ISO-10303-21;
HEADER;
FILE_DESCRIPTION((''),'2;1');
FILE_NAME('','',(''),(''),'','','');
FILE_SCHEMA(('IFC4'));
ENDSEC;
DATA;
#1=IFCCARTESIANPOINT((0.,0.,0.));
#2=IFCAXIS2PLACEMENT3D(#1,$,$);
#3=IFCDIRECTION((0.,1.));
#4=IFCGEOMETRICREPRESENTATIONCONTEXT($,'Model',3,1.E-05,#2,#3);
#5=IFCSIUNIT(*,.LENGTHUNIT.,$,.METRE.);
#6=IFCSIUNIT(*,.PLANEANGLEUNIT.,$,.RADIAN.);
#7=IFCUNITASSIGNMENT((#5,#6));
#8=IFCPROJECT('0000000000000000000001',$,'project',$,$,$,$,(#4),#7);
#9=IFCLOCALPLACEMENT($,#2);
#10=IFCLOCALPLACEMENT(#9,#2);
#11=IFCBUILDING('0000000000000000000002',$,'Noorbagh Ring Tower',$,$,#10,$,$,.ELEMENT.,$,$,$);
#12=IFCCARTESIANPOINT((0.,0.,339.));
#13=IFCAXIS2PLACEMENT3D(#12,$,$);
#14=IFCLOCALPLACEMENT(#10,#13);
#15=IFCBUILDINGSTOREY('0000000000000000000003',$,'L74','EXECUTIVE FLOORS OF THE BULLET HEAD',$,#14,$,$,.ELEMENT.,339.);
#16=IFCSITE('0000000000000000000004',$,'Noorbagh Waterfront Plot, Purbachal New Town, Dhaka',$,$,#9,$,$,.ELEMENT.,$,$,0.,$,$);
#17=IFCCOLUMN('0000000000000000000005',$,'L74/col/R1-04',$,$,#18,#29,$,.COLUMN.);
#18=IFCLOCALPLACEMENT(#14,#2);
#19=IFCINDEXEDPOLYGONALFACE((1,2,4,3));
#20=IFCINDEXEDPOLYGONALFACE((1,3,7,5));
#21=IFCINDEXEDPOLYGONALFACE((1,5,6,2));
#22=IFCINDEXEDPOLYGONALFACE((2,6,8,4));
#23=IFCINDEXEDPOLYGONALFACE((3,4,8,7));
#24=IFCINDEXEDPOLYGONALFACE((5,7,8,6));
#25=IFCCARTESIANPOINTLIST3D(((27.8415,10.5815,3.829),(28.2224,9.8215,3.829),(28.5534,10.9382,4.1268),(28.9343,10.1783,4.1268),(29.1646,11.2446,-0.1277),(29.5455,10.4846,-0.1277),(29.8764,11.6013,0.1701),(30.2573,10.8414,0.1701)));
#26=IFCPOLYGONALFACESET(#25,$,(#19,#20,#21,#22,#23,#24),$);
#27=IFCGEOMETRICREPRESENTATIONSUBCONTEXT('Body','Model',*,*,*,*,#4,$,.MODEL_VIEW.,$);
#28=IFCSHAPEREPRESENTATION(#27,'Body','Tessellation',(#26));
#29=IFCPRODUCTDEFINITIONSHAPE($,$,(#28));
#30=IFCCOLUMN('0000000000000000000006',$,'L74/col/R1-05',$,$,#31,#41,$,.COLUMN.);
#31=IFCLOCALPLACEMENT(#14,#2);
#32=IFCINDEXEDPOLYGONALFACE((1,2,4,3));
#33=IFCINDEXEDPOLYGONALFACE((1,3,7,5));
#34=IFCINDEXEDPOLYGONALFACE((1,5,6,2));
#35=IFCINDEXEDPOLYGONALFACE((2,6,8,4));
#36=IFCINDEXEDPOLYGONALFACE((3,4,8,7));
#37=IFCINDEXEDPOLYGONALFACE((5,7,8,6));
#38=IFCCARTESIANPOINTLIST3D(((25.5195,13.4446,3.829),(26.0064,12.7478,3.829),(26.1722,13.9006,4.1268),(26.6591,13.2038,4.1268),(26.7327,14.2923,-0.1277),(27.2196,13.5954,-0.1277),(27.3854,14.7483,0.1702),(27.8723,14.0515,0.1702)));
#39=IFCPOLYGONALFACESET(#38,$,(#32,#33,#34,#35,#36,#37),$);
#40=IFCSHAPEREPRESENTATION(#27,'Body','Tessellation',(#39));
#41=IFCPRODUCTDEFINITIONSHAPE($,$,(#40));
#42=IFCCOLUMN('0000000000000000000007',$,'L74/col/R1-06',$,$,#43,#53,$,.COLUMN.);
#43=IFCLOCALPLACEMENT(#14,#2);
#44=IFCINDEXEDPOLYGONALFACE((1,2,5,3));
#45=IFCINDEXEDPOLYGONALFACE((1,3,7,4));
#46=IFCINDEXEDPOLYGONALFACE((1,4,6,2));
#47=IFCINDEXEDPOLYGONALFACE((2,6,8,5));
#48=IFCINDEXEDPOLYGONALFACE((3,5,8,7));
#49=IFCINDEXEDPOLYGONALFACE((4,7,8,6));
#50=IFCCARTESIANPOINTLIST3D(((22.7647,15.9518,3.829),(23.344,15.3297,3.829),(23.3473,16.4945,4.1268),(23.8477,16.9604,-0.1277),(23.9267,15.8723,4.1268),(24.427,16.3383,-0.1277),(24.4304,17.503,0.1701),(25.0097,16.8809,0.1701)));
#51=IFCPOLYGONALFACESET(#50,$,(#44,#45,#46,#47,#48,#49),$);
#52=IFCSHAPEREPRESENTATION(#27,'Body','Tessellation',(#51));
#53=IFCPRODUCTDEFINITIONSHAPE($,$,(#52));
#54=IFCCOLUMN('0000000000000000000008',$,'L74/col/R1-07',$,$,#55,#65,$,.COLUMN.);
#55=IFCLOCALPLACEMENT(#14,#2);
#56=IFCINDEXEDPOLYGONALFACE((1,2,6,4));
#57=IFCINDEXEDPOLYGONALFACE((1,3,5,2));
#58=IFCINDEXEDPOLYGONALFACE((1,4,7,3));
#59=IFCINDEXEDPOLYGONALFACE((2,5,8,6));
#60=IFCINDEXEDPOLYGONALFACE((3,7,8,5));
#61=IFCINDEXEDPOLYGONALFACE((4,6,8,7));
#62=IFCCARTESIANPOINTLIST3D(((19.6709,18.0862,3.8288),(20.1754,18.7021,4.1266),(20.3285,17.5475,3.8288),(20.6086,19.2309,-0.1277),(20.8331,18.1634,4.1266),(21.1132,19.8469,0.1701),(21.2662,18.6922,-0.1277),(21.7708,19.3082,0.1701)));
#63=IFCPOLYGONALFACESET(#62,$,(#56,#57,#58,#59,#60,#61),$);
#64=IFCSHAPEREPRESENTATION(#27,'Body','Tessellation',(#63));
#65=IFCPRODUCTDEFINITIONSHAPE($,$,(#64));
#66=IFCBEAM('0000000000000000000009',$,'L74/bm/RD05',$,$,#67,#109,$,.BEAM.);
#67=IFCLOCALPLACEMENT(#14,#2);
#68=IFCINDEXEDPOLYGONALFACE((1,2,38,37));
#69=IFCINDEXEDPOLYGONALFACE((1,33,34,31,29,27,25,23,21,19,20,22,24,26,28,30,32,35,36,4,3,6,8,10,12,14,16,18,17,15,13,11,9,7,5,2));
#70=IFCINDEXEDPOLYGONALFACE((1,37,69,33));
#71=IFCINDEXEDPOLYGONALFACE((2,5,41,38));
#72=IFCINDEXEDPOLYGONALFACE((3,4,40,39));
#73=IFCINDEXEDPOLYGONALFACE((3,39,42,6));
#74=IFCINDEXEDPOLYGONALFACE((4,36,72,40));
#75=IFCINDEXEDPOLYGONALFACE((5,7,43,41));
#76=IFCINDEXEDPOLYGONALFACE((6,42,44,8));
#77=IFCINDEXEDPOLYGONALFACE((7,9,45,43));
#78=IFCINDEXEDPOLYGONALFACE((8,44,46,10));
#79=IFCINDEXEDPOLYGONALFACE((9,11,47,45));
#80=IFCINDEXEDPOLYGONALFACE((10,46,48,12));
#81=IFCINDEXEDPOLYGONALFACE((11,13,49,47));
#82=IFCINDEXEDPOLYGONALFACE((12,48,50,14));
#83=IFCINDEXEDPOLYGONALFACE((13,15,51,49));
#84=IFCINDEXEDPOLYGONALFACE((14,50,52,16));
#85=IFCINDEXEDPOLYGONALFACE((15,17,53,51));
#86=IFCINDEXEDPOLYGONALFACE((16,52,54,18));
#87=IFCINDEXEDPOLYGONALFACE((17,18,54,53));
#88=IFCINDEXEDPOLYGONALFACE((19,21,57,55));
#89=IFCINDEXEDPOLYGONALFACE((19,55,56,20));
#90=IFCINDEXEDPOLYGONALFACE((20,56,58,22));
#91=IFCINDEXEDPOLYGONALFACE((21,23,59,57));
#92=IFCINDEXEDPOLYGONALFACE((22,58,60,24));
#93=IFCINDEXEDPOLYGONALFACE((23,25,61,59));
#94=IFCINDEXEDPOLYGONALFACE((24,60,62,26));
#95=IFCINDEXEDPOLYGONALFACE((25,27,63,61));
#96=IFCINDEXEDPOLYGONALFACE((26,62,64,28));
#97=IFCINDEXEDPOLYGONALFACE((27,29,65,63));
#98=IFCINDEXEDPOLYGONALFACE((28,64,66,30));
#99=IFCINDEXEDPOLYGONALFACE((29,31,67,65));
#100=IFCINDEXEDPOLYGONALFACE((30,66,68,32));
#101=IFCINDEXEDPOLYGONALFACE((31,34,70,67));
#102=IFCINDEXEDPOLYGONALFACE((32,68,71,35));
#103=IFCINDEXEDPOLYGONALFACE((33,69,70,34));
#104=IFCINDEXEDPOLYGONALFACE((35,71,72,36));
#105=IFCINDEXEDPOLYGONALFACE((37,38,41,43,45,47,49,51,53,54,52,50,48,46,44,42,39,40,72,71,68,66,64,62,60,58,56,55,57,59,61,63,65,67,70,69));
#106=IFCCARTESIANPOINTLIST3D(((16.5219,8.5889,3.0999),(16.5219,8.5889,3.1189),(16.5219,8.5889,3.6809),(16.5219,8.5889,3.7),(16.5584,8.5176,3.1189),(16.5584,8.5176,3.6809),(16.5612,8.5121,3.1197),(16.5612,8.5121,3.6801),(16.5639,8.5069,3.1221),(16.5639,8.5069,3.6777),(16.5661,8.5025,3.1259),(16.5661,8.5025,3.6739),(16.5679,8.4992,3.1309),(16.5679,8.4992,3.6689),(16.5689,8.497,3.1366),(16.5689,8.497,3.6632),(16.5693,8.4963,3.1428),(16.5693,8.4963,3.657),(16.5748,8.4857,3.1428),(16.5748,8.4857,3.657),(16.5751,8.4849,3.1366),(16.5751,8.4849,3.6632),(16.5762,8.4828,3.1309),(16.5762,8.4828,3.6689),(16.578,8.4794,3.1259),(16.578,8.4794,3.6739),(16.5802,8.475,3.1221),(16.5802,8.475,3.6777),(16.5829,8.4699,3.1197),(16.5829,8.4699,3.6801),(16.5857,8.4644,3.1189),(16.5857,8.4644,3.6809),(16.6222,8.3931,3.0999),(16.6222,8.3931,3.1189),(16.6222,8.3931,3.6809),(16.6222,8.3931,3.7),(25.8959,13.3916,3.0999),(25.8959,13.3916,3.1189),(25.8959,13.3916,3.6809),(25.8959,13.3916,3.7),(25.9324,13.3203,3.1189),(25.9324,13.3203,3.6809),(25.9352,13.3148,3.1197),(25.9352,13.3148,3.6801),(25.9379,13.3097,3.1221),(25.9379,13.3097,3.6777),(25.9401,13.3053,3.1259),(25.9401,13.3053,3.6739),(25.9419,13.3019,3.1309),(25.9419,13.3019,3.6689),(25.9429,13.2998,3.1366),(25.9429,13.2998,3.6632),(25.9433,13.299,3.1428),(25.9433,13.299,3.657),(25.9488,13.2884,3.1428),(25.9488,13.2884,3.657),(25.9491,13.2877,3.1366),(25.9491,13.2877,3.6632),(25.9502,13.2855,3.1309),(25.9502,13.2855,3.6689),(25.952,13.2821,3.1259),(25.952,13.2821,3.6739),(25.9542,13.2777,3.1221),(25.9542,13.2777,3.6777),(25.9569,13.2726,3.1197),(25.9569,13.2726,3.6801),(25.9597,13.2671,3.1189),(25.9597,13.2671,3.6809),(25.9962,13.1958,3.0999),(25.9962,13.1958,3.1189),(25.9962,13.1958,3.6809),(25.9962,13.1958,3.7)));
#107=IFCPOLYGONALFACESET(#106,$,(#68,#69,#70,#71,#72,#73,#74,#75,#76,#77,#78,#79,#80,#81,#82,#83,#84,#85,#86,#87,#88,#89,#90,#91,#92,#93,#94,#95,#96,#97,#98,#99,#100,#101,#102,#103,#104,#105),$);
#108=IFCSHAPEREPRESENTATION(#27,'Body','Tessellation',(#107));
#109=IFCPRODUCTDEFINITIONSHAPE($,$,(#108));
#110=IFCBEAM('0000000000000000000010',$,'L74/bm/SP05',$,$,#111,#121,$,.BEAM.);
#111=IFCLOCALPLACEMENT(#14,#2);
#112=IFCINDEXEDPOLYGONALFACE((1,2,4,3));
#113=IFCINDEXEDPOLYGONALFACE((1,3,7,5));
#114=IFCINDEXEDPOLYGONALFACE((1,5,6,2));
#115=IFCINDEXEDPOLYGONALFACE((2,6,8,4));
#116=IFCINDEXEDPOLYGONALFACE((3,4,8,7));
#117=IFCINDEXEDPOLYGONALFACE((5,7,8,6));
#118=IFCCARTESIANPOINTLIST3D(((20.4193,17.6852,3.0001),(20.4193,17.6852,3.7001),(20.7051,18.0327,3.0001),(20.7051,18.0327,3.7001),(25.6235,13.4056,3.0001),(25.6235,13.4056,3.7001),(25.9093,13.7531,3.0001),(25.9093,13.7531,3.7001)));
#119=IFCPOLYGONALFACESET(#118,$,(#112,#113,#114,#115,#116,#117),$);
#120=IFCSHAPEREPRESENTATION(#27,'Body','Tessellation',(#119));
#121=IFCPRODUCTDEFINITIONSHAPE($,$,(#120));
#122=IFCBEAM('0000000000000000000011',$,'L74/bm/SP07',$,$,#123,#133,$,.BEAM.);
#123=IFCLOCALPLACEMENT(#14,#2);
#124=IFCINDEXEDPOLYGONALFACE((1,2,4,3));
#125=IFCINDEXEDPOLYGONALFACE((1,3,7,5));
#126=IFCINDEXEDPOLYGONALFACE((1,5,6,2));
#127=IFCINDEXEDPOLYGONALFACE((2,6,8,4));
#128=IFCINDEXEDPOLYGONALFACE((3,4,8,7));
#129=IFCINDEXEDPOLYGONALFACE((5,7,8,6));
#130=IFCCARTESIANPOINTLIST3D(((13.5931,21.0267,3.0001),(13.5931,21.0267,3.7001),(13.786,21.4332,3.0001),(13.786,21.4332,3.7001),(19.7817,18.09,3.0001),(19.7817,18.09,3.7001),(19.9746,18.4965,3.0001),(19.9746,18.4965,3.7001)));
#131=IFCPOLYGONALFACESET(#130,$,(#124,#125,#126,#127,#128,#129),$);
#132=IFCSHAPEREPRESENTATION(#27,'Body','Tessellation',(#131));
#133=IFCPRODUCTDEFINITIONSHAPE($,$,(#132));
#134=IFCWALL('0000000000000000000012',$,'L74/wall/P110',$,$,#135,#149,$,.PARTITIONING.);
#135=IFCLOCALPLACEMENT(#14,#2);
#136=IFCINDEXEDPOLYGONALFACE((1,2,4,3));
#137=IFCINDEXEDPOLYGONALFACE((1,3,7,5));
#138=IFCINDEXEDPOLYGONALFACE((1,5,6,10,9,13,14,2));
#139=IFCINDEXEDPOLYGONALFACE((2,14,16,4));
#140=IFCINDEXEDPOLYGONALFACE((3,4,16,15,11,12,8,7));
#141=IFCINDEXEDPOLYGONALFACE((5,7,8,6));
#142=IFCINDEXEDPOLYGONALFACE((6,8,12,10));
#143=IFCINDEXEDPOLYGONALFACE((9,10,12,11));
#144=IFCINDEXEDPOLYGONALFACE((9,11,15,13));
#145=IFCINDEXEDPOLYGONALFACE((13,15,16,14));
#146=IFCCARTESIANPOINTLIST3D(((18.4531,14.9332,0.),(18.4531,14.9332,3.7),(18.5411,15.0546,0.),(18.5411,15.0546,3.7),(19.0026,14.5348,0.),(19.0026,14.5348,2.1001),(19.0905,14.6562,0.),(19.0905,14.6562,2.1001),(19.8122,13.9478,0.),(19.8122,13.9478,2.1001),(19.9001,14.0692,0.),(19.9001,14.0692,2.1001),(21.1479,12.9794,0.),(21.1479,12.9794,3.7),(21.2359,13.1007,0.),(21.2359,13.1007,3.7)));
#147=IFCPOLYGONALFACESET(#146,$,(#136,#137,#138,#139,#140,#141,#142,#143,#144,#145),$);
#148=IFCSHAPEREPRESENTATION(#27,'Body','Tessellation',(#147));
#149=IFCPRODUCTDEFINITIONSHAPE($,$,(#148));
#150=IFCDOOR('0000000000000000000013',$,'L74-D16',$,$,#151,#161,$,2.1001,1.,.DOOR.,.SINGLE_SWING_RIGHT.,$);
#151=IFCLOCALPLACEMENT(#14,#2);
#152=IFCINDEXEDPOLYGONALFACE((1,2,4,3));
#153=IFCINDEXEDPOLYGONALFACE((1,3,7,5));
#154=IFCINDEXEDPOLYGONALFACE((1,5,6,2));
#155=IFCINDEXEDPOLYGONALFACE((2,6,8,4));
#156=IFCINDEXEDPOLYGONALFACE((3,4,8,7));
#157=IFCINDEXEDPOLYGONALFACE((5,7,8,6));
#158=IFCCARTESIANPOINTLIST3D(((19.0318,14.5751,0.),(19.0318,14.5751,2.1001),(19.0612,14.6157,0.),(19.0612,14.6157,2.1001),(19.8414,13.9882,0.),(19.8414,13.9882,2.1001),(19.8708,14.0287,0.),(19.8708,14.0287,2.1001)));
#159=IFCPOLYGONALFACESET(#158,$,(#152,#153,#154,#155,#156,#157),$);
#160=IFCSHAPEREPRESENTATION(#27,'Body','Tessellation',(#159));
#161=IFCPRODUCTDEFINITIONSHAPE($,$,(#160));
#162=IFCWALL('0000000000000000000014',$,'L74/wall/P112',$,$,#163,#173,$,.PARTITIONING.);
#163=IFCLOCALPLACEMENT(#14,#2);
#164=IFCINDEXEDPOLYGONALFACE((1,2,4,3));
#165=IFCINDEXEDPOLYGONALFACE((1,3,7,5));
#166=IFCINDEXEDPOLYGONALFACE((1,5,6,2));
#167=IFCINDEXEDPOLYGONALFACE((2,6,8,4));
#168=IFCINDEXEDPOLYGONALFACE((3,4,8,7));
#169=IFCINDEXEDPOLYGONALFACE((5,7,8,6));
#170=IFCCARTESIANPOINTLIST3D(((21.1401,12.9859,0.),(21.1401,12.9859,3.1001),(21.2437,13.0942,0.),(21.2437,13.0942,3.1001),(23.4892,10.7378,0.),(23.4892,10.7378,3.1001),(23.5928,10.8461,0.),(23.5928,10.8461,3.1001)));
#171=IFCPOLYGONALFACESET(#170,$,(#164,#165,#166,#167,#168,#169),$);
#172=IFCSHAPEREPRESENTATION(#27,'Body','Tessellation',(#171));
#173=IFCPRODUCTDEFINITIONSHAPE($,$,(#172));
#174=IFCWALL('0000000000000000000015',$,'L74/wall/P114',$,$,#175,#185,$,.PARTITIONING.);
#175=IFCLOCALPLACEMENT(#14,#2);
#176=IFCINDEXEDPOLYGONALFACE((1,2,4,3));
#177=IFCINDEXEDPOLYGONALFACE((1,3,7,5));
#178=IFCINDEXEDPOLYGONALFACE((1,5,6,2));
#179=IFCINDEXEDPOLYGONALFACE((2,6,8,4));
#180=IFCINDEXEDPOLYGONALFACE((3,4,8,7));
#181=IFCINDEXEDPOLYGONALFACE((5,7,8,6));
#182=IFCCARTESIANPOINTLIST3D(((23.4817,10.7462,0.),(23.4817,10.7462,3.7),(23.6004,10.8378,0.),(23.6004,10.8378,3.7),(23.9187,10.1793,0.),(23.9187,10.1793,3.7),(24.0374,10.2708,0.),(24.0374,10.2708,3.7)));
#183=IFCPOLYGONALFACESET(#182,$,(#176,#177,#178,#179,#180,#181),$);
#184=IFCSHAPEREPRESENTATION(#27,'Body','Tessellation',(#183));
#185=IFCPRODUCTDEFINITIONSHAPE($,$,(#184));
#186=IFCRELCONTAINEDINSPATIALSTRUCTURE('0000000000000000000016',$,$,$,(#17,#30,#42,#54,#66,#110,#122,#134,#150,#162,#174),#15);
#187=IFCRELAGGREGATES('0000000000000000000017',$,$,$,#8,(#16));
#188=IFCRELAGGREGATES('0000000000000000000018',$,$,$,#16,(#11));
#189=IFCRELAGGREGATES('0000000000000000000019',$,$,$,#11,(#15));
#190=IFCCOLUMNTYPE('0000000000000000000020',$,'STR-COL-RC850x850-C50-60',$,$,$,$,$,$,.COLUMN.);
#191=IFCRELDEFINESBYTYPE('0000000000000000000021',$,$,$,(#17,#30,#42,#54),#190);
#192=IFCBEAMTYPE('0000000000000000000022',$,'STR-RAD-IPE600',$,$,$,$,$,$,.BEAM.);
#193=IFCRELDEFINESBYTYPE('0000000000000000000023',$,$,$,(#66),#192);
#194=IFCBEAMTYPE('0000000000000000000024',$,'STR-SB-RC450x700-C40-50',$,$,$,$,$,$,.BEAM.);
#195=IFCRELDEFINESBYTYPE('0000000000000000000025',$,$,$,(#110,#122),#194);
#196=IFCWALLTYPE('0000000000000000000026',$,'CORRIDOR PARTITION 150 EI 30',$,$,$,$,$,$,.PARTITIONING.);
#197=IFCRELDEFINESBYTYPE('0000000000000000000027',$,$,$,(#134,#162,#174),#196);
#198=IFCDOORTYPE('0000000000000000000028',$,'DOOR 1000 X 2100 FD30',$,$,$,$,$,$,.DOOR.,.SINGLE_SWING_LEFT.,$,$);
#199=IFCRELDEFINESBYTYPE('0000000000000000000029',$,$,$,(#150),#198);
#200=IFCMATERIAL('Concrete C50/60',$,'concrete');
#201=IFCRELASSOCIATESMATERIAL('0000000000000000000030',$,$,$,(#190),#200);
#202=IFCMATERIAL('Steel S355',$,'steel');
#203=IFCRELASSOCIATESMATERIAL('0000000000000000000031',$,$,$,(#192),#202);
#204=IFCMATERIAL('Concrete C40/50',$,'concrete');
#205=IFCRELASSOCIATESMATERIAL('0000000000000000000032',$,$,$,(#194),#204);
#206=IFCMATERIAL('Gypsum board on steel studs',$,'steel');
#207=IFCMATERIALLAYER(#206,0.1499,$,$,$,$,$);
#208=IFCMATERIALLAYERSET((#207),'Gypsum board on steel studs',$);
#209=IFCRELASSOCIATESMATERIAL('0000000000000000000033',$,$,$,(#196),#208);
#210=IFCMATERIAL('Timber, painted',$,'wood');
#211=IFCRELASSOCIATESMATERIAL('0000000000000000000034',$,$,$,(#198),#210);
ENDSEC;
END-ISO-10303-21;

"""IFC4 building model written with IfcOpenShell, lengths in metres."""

from ifc_helpers import new_model, si_unit, direction, frame, frame_2d, origin, origin_2d, place, context, subcontext, project, spatial, rectangle, i_section, extrude, material, layer, layer_set, material_profile, profile_set, type_object, element, fill, save


model = new_model("IFC4")

# Units and contexts
model_context = context("Model", 3, precision=1e-05, world=origin(), true_north=direction((0.0, 1.0)))
body_context = subcontext(model_context, "Body", "Model", "MODEL_VIEW")
ifc_project = project(units=[si_unit("LENGTHUNIT", "METRE"), si_unit("PLANEANGLEUNIT", "RADIAN")], contexts=[model_context])

# Site, building, storey
site_placement = place(None, origin())
site = spatial("IfcSite", under=ifc_project, at=site_placement, Name="Noorbagh Waterfront Plot, Purbachal New Town, Dhaka", CompositionType="ELEMENT", RefElevation=0.0)
building_placement = place(site_placement, origin())
building = spatial("IfcBuilding", under=site, at=building_placement, Name="Noorbagh Ring Tower", CompositionType="ELEMENT")
storey_placement = place(building_placement, frame((0.0, 0.0, 339.0)))
storey = spatial("IfcBuildingStorey", under=building, at=storey_placement, Name="L74", Description="EXECUTIVE FLOORS OF THE BULLET HEAD", CompositionType="ELEMENT", Elevation=339.0)

# Columns
ifc_material_1 = material(Name="Concrete C50/60", Category="concrete")
ifc_material_profile_1 = material_profile(ifc_material_1, rectangle(XDim=0.8501, YDim=0.8501, at=origin_2d()), Name="RC850x850")
ifc_profile_set_1 = profile_set([ifc_material_profile_1], Name="Concrete C50/60")
column_type = type_object("IfcColumnType", Name="STR-COL-RC850x850-C50-60", PredefinedType="COLUMN", material=ifc_profile_set_1)
for number, where, z_axis, x_axis, name in (
    (1, (29.7109, 11.043, 0.0212), (-0.313192, -0.156971, 0.936627), (0.448071, -0.893998, 0.0), "L74/col/R1-04"),
    (2, (27.3025, 14.1719, 0.0212), (-0.287182, -0.200663, 0.936622), (0.572765, -0.81972, 0.0), "L74/col/R1-05"),
    (3, (24.4287, 16.9207, 0.0212), (-0.256379, -0.238751, 0.936626), (0.681501, -0.731817, 0.0), "L74/col/R1-06"),
):
    element("IfcColumn", number, at=place(storey_placement, frame(where, z_axis=z_axis, x_axis=x_axis)), inside=storey, type_object=column_type, Name=name, PredefinedType="COLUMN", context=body_context, shape_type="SweptSolid", body=[
        extrude(rectangle(XDim=0.8501, YDim=0.8501, at=origin_2d()), origin(), (0.0, 0.0, 1.0), 4.2244),
    ])
column_placement = place(storey_placement, frame((21.1897, 19.2695, 0.0212), z_axis=(-0.221992, -0.271002, 0.936631), x_axis=(0.77359, -0.633687, 0.0)))
element("IfcColumn", 4, at=column_placement, inside=storey, type_object=column_type, Name="L74/col/R1-07", PredefinedType="COLUMN", context=body_context, shape_type="SweptSolid", body=[
    extrude(rectangle(XDim=0.8501, YDim=0.8501, at=origin_2d()), origin(), (0.0, 0.0, 1.0), 4.2241),
])

# Beams
ifc_material_2 = material(Name="Steel S355", Category="steel")
ifc_material_profile_2 = material_profile(ifc_material_2, i_section(OverallWidth=0.22, OverallDepth=0.6001, WebThickness=0.012, FlangeThickness=0.019, FilletRadius=0.0239, at=origin_2d()), Name="IPE600")
ifc_profile_set_2 = profile_set([ifc_material_profile_2], Name="Steel S355")
beam_type_1 = type_object("IfcBeamType", Name="STR-RAD-IPE600", PredefinedType="BEAM", material=ifc_profile_set_2)
beam_1_placement = place(storey_placement, frame((25.946, 13.2937, 3.3999), z_axis=(-0.889989, -0.455982, 0.0), x_axis=(0.455982, -0.889989, 0.0)))
element("IfcBeam", 5, at=beam_1_placement, inside=storey, type_object=beam_type_1, Name="L74/bm/RD05", PredefinedType="BEAM", context=body_context, shape_type="SweptSolid", body=[
    extrude(i_section(OverallWidth=0.22, OverallDepth=0.6001, WebThickness=0.012, FlangeThickness=0.019, FilletRadius=0.0239, at=origin_2d()), origin(), (0.0, 0.0, 1.0), 10.5327),
])
ifc_material_3 = material(Name="Concrete C40/50", Category="concrete")
ifc_material_profile_3 = material_profile(ifc_material_3, rectangle(XDim=0.45, YDim=0.7, at=origin_2d()), Name="RC450x700")
ifc_profile_set_3 = profile_set([ifc_material_profile_3], Name="Concrete C40/50")
beam_type_2 = type_object("IfcBeamType", Name="STR-SB-RC450x700-C40-50", PredefinedType="BEAM", material=ifc_profile_set_3)
beam_2_placement = place(storey_placement, frame((25.7664, 13.5793, 3.3501), z_axis=(-0.772381, 0.63516, 0.0), x_axis=(-0.63516, -0.772381, 0.0)))
element("IfcBeam", 6, at=beam_2_placement, inside=storey, type_object=beam_type_2, Name="L74/bm/SP05", PredefinedType="BEAM", context=body_context, shape_type="SweptSolid", body=[
    extrude(rectangle(XDim=0.45, YDim=0.7, at=origin_2d()), origin(), (0.0, 0.0, 1.0), 6.7378),
])
beam_3_placement = place(storey_placement, frame((19.8782, 18.2932, 3.3501), z_axis=(-0.90344, 0.428714, 0.0), x_axis=(-0.428714, -0.90344, 0.0)))
element("IfcBeam", 7, at=beam_3_placement, inside=storey, type_object=beam_type_2, Name="L74/bm/SP07", PredefinedType="BEAM", context=body_context, shape_type="SweptSolid", body=[
    extrude(rectangle(XDim=0.45, YDim=0.7, at=origin_2d()), origin(), (0.0, 0.0, 1.0), 6.8501),
])

# Wall, opening, door
ifc_material_4 = material(Name="Gypsum board on steel studs", Category="steel")
ifc_layer_1 = layer(ifc_material_4, 0.1499)
ifc_layer_set_1 = layer_set([ifc_layer_1], Name="Gypsum board on steel studs")
wall_type_1 = type_object("IfcWallType", Name="CORRIDOR PARTITION 150 EI 30", PredefinedType="PARTITIONING", material=ifc_layer_set_1)
wall_1_placement = place(storey_placement, frame((18.4971, 14.9939, 0.0), z_axis=(0.0, 0.0, 1.0), x_axis=(0.809595, -0.586989, 0.0)))
wall_1 = element("IfcWall", 8, at=wall_1_placement, inside=storey, type_object=wall_type_1, Name="L74/wall/P110", PredefinedType="PARTITIONING", context=body_context, shape_type="SweptSolid", body=[
    extrude(rectangle(XDim=3.3286, YDim=0.1499, at=frame_2d((1.6643, 0.0))), origin(), (0.0, 0.0, 1.0), 3.7),
])
opening_placement = place(wall_1_placement, frame((0.6787, 0.0, 0.0)))
opening = element("IfcOpeningElement", 9, at=opening_placement, cuts=wall_1, PredefinedType="OPENING", context=body_context, shape_type="SweptSolid", body=[
    extrude(rectangle(XDim=1.0, YDim=2.1001, at=frame_2d((0.5, 1.05))), frame((0.0, 0.085, 0.0), z_axis=(0.0, -1.0, 0.0), x_axis=(1.0, 0.0, 0.0)), (0.0, 0.0, 1.0), 0.1699),
])
ifc_material_5 = material(Name="Timber, painted", Category="wood")
door_type = type_object("IfcDoorType", Name="DOOR 1000 X 2100 FD30", OperationType="SINGLE_SWING_LEFT", PredefinedType="DOOR", material=ifc_material_5)
door_placement = place(opening_placement, origin())
door = element("IfcDoor", 10, at=door_placement, inside=storey, type_object=door_type, Name="L74-D16", OperationType="SINGLE_SWING_RIGHT", OverallHeight=2.1001, OverallWidth=1.0, PredefinedType="DOOR", context=body_context, shape_type="SweptSolid", body=[
    extrude(rectangle(XDim=1.0, YDim=2.1001, at=frame_2d((0.5, 1.05))), frame((0.0, 0.0249, 0.0), z_axis=(0.0, -1.0, 0.0), x_axis=(1.0, 0.0, 0.0)), (0.0, 0.0, 1.0), 0.05),
])
fill(opening, door)

# Walls
wall_2_placement = place(storey_placement, frame((21.1919, 13.04, 0.0), z_axis=(0.0, 0.0, 1.0), x_axis=(0.722479, -0.691393, 0.0)))
element("IfcWall", 11, at=wall_2_placement, inside=storey, type_object=wall_type_1, Name="L74/wall/P112", PredefinedType="PARTITIONING", context=body_context, shape_type="SweptSolid", body=[
    extrude(rectangle(XDim=3.2515, YDim=0.1499, at=frame_2d((1.6257, 0.0))), origin(), (0.0, 0.0, 1.0), 3.1001),
])
wall_3_placement = place(storey_placement, frame((23.541, 10.792, 0.0), z_axis=(0.0, 0.0, 1.0), x_axis=(0.610535, -0.79199, 0.0)))
element("IfcWall", 12, at=wall_3_placement, inside=storey, type_object=wall_type_1, Name="L74/wall/P114", PredefinedType="PARTITIONING", context=body_context, shape_type="SweptSolid", body=[
    extrude(rectangle(XDim=0.7158, YDim=0.1499, at=frame_2d((0.3579, 0.0))), origin(), (0.0, 0.0, 1.0), 3.7),
])

save(model, "model.ifc")
